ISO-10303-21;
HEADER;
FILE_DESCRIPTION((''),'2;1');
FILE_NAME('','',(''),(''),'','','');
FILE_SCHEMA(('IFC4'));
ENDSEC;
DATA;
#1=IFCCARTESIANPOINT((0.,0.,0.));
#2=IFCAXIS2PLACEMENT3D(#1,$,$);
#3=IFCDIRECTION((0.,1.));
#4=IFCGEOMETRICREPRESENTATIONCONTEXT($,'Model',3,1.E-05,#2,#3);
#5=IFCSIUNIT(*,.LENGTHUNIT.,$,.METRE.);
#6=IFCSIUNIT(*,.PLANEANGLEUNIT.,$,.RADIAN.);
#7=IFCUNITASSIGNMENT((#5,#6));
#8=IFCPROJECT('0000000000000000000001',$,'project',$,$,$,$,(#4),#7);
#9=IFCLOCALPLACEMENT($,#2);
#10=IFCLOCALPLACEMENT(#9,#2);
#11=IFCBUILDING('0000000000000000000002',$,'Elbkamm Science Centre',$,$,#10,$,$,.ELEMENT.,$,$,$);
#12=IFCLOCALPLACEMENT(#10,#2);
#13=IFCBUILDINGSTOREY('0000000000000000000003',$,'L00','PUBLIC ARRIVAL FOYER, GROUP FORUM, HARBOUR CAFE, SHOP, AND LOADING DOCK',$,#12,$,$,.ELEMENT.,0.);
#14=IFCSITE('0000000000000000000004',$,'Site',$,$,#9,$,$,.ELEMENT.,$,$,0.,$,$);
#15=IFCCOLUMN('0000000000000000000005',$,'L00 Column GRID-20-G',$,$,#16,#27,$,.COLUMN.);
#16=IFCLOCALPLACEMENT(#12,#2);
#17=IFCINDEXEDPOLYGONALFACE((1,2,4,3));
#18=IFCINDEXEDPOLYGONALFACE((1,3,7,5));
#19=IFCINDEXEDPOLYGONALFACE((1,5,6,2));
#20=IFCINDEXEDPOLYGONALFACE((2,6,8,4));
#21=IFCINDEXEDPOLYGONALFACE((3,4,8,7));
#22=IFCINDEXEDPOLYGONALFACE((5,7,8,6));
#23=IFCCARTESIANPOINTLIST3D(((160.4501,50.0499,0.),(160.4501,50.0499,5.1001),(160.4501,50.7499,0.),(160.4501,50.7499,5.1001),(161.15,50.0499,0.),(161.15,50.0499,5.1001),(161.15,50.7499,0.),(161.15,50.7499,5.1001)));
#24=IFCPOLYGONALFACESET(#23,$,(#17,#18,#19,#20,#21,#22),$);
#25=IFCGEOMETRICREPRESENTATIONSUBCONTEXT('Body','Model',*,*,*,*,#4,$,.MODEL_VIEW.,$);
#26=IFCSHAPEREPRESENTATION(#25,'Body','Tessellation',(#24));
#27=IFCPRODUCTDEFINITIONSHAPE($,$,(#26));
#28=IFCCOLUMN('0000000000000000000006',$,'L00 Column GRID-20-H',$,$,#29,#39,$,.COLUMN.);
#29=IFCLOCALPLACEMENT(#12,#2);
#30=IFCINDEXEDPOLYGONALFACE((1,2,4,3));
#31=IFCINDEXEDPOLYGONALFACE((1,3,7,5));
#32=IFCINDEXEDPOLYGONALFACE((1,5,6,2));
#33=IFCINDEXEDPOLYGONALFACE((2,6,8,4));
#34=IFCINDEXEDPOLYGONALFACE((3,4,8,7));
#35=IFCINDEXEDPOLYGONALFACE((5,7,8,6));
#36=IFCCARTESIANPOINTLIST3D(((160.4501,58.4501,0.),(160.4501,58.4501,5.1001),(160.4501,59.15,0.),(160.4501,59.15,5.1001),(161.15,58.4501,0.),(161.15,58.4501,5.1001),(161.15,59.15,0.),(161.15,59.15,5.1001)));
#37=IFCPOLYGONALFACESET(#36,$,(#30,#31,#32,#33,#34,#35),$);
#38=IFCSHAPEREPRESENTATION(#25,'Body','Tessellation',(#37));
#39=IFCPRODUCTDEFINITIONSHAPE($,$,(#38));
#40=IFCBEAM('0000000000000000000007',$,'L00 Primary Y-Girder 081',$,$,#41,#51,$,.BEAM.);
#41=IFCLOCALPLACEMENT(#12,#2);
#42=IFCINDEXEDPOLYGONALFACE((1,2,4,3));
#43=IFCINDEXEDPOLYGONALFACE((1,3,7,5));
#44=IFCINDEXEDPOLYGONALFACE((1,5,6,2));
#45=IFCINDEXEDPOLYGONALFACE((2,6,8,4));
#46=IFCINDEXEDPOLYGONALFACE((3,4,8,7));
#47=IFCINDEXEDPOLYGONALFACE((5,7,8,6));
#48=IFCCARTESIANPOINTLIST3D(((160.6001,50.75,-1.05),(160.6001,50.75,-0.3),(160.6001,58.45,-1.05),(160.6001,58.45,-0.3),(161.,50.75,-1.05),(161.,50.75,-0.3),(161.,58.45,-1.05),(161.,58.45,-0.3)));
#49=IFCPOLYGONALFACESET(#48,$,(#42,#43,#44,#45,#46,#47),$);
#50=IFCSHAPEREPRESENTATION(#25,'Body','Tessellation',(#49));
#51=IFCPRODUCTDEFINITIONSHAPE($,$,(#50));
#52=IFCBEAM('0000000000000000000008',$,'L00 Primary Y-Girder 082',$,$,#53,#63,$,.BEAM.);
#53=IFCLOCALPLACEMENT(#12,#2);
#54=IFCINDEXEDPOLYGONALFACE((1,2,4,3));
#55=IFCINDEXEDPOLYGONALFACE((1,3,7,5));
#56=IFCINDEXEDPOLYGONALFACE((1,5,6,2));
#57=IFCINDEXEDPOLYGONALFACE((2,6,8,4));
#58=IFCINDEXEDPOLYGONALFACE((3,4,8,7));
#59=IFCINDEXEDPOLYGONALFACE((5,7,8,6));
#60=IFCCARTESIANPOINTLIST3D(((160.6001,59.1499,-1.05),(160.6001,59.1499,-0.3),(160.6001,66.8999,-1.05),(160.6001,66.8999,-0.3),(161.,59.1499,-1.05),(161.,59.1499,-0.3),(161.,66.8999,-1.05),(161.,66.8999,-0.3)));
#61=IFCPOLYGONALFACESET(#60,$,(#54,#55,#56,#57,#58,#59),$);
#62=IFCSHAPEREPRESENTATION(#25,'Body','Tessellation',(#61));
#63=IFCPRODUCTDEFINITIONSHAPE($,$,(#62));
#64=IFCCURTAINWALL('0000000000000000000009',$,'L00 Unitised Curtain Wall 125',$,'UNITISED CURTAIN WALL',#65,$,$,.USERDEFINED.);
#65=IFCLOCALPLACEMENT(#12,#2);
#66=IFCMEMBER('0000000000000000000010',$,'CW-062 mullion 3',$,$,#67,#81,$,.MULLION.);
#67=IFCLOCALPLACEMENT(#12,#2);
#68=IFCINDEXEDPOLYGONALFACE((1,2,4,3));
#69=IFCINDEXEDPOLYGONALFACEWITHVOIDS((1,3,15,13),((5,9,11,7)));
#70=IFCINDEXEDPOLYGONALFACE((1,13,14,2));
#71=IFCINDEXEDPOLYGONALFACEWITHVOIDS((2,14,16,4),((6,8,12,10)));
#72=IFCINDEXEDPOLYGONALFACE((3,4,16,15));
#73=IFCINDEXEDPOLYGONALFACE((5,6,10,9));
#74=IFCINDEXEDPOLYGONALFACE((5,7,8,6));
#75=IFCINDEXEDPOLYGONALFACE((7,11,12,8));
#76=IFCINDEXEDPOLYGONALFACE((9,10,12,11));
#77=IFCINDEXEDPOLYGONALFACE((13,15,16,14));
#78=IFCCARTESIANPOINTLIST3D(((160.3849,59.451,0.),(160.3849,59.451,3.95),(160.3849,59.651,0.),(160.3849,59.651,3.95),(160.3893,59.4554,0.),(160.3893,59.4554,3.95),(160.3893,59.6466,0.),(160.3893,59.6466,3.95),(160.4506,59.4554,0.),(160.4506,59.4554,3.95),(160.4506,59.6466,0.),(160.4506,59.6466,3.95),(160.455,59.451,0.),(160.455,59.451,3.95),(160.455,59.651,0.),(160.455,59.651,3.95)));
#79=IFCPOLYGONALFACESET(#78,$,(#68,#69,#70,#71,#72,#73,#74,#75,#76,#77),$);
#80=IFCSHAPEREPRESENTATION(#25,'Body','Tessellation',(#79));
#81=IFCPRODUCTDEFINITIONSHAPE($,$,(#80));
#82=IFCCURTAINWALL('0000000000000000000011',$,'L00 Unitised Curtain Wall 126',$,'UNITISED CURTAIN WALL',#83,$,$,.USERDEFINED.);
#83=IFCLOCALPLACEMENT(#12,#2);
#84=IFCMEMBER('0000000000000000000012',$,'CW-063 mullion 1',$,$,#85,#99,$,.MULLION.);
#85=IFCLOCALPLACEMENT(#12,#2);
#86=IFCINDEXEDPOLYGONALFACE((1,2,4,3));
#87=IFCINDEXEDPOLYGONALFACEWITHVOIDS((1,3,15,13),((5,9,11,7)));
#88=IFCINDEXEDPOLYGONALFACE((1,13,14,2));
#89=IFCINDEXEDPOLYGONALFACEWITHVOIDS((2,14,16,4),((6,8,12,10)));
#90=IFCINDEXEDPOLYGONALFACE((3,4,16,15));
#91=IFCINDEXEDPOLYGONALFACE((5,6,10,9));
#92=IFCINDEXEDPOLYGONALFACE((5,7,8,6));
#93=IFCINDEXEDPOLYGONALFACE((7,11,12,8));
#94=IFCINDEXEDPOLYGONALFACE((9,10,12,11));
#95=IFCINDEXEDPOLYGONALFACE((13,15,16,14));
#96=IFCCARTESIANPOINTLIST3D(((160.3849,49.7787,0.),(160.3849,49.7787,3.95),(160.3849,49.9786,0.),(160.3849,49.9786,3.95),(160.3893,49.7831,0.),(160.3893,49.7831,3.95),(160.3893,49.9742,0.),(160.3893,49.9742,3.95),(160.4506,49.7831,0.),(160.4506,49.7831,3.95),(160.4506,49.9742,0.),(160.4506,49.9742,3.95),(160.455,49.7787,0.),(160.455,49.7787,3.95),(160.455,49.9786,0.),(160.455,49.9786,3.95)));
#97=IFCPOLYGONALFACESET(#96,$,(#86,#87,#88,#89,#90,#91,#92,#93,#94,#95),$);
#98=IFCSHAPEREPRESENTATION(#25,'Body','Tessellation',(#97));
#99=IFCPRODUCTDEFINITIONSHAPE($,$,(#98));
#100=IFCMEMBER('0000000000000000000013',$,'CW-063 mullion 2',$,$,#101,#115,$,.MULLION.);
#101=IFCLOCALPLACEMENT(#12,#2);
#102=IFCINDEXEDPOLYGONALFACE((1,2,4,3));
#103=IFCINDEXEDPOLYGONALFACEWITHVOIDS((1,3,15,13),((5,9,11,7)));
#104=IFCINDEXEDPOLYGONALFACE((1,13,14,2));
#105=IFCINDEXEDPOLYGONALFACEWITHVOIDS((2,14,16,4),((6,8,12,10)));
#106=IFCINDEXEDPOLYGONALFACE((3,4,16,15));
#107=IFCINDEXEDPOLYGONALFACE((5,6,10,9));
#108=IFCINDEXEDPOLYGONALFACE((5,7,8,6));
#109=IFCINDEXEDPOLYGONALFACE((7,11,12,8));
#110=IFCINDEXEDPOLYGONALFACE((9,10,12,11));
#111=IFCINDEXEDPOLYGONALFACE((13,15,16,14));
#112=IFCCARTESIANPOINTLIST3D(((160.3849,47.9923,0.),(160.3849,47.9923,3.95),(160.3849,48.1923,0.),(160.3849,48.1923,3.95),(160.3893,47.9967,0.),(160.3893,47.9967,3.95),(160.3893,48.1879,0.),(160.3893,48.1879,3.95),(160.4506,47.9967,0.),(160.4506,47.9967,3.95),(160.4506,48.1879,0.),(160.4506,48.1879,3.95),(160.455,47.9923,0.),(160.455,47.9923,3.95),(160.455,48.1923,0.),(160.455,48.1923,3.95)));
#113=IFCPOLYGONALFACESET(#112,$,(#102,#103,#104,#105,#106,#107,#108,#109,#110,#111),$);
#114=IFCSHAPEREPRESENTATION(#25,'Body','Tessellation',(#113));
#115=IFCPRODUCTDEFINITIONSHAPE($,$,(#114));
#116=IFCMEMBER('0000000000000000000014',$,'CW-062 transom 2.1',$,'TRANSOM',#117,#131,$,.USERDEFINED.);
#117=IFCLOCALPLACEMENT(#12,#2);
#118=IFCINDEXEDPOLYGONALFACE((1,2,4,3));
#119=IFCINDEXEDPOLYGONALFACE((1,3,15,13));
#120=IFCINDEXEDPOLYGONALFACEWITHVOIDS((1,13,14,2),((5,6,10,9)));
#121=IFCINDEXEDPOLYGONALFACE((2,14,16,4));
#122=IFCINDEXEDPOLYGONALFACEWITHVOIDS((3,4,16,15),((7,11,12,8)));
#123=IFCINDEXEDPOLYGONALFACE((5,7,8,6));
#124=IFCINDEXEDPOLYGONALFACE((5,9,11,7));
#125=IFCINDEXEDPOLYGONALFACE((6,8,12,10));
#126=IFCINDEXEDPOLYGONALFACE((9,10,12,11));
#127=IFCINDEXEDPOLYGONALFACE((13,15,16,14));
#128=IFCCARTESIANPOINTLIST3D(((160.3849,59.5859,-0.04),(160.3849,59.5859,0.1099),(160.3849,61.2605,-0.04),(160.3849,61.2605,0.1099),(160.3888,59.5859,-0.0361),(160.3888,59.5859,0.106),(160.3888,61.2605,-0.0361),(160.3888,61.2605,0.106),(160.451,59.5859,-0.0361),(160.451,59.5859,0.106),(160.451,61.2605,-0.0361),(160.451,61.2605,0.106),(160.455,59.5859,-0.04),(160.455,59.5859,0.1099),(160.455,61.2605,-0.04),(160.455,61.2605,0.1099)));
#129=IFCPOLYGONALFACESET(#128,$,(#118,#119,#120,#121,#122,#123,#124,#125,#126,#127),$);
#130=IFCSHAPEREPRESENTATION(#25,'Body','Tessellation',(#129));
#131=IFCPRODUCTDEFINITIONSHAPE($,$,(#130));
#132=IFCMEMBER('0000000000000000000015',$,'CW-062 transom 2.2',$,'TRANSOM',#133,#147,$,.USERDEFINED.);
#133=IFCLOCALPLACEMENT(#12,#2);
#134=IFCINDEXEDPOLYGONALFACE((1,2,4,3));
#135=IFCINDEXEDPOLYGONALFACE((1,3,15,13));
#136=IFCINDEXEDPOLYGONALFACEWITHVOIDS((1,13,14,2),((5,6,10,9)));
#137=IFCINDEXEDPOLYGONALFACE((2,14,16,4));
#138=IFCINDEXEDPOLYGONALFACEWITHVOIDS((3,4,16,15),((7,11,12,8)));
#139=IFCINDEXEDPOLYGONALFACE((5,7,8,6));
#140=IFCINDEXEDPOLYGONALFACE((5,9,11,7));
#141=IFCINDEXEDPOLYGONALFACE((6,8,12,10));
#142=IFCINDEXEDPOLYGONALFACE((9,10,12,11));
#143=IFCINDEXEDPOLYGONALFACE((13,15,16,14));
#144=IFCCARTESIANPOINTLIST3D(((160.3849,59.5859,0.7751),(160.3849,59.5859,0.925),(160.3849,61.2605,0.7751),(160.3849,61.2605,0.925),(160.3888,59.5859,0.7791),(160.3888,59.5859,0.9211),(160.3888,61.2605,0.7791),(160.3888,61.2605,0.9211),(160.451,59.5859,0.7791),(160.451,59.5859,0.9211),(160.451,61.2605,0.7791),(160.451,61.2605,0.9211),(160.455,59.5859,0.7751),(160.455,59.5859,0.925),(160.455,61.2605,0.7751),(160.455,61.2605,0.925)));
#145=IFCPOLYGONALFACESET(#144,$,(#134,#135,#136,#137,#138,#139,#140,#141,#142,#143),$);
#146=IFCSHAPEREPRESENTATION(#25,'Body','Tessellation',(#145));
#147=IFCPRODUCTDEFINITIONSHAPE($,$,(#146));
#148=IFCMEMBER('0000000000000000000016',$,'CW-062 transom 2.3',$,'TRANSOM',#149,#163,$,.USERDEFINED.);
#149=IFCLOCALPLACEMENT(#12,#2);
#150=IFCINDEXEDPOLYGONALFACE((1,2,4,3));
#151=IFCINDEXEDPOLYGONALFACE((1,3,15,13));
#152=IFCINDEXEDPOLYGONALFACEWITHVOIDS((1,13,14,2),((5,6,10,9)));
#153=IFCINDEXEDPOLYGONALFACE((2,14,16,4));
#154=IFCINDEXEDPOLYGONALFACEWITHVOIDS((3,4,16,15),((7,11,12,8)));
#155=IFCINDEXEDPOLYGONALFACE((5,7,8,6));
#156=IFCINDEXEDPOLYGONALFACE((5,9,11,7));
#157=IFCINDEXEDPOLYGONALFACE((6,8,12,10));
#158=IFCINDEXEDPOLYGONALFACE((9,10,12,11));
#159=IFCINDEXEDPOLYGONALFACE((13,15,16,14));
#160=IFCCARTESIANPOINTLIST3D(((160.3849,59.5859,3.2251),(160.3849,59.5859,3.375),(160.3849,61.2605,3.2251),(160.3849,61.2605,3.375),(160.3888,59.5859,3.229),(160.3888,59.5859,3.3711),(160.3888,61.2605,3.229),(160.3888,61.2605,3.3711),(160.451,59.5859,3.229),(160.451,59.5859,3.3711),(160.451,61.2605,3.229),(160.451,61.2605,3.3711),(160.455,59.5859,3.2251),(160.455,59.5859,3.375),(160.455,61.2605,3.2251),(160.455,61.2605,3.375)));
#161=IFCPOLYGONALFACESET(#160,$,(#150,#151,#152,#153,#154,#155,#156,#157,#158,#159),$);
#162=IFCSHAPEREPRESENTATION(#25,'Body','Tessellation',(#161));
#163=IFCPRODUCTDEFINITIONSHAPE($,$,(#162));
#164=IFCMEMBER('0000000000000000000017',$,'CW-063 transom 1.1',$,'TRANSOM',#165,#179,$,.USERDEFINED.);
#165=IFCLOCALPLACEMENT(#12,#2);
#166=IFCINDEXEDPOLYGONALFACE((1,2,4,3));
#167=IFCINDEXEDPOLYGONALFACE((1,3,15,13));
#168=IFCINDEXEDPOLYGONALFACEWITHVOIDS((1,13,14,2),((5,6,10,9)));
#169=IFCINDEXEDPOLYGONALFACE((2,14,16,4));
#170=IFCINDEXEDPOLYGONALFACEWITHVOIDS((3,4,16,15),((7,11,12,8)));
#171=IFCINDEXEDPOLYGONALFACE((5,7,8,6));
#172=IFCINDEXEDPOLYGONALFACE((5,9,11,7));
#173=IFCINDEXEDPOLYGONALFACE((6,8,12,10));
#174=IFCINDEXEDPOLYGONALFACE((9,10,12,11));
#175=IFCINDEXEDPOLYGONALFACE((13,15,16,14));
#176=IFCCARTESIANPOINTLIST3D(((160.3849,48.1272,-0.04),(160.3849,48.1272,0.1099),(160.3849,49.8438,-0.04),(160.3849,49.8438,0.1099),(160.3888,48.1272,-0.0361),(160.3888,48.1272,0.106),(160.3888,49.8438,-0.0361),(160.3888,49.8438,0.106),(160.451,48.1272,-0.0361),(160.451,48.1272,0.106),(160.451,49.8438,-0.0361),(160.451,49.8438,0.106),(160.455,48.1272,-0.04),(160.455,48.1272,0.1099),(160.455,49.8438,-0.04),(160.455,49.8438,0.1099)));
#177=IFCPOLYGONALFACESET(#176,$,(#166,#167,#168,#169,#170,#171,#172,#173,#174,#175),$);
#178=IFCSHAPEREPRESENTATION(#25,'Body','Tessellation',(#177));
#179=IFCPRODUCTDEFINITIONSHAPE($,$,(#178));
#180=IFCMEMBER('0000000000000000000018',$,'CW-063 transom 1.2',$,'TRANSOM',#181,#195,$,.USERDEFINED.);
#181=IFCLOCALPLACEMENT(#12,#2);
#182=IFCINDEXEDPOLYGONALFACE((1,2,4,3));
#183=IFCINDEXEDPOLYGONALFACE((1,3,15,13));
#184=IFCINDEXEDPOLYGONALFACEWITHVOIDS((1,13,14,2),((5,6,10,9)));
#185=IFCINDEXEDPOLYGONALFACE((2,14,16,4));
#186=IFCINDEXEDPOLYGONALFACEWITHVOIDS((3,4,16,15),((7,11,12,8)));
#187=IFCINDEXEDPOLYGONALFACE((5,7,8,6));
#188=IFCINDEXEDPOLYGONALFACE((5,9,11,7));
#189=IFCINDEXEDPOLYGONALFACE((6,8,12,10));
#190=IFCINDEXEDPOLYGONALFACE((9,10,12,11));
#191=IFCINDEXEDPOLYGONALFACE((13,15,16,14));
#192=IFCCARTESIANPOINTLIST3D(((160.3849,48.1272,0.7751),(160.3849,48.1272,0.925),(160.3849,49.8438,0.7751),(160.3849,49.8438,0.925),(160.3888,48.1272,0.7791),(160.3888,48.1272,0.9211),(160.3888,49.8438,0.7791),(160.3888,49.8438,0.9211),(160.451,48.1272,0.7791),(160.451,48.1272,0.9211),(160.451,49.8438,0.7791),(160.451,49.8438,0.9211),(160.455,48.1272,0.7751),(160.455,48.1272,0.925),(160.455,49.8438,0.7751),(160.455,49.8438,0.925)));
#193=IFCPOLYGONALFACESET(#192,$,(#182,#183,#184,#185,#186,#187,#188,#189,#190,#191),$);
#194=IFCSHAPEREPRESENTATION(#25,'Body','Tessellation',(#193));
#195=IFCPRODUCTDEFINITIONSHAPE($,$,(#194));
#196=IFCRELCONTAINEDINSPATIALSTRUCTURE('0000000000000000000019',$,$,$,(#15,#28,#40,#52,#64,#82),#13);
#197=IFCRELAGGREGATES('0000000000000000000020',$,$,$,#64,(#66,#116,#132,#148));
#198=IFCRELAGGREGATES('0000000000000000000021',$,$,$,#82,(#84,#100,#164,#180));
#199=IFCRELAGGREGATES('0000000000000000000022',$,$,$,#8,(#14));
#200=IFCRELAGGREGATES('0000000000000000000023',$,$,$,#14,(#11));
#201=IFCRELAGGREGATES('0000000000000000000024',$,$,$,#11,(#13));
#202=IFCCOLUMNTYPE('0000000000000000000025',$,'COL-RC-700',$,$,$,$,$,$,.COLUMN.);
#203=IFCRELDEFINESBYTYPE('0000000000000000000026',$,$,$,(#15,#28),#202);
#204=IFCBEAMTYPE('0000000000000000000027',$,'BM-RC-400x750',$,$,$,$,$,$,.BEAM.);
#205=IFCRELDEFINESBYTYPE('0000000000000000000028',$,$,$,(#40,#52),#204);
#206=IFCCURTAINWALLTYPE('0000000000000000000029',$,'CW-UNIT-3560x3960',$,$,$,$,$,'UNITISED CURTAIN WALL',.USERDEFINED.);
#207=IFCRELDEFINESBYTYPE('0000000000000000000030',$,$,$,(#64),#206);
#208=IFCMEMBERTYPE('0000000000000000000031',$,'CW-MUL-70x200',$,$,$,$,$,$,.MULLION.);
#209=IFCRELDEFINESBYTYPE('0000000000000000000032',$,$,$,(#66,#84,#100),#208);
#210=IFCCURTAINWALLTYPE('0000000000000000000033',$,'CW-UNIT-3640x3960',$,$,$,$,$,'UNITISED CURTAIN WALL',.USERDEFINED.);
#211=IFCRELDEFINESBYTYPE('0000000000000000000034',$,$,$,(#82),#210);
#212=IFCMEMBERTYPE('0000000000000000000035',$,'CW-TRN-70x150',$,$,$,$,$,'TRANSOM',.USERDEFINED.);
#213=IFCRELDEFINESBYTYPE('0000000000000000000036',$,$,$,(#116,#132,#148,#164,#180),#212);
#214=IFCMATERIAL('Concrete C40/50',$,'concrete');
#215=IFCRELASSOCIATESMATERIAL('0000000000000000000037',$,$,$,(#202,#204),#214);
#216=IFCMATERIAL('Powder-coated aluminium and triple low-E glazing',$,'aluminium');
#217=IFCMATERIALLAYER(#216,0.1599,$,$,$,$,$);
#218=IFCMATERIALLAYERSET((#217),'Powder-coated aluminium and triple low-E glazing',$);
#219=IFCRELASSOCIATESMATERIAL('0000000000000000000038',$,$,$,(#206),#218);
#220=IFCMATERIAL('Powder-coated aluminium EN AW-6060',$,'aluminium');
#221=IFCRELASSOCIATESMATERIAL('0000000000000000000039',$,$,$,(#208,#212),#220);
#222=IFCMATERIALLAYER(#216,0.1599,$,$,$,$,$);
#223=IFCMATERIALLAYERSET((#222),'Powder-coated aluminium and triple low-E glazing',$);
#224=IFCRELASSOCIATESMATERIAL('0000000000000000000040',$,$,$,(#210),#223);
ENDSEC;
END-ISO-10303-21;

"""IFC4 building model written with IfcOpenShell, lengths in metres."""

from ifc_helpers import new_model, si_unit, direction, frame, origin, origin_2d, place, context, subcontext, project, spatial, rectangle, hollow_rectangle, extrude, material, layer, layer_set, material_profile, profile_set, type_object, element, aggregate, save


model = new_model("IFC4")

# Units and contexts
model_context = context("Model", 3, precision=1e-05, world=origin(), true_north=direction((0.0, 1.0)))
body_context = subcontext(model_context, "Body", "Model", "MODEL_VIEW")
ifc_project = project(units=[si_unit("LENGTHUNIT", "METRE"), si_unit("PLANEANGLEUNIT", "RADIAN")], contexts=[model_context])

# Site, building, storey
site_placement = place(None, origin())
site = spatial("IfcSite", under=ifc_project, at=site_placement, Name="Site", CompositionType="ELEMENT", RefElevation=0.0)
building_placement = place(site_placement, origin())
building = spatial("IfcBuilding", under=site, at=building_placement, Name="Elbkamm Science Centre", CompositionType="ELEMENT")
storey_placement = place(building_placement, origin())
storey = spatial("IfcBuildingStorey", under=building, at=storey_placement, Name="L00", Description="PUBLIC ARRIVAL FOYER, GROUP FORUM, HARBOUR CAFE, SHOP, AND LOADING DOCK", CompositionType="ELEMENT", Elevation=0.0)

# Columns
ifc_material_1 = material(Name="Concrete C40/50", Category="concrete")
ifc_material_profile_1 = material_profile(ifc_material_1, rectangle(XDim=0.7, YDim=0.7, at=origin_2d()), Name="RC 700x700")
ifc_profile_set_1 = profile_set([ifc_material_profile_1], Name="Concrete C40/50")
column_type = type_object("IfcColumnType", Name="COL-RC-700", PredefinedType="COLUMN", material=ifc_profile_set_1)
for number, where, z_axis, x_axis, name in (
    (1, (160.8, 50.3999, 0.0), (0.0, 0.0, 1.0), (1.0, 0.0, 0.0), "L00 Column GRID-20-G"),
    (2, (160.8, 58.8, 0.0), (0.0, 0.0, 1.0), (1.0, 0.0, 0.0), "L00 Column GRID-20-H"),
):
    element("IfcColumn", number, at=place(storey_placement, frame(where, z_axis=z_axis, x_axis=x_axis)), inside=storey, type_object=column_type, Name=name, PredefinedType="COLUMN", context=body_context, shape_type="SweptSolid", body=[
        extrude(rectangle(XDim=0.7, YDim=0.7, at=origin_2d()), origin(), (0.0, 0.0, 1.0), 5.1001),
    ])

# Beams
ifc_material_profile_2 = material_profile(ifc_material_1, rectangle(XDim=0.3999, YDim=0.75, at=origin_2d()), Name="RC 400x750")
ifc_profile_set_2 = profile_set([ifc_material_profile_2], Name="Concrete C40/50")
beam_type = type_object("IfcBeamType", Name="BM-RC-400x750", PredefinedType="BEAM", material=ifc_profile_set_2)
beam_1_placement = place(storey_placement, frame((160.8, 50.75, -0.675), z_axis=(0.0, 1.0, 0.0), x_axis=(-1.0, 0.0, 0.0)))
element("IfcBeam", 3, at=beam_1_placement, inside=storey, type_object=beam_type, Name="L00 Primary Y-Girder 081", PredefinedType="BEAM", context=body_context, shape_type="SweptSolid", body=[
    extrude(rectangle(XDim=0.3999, YDim=0.75, at=origin_2d()), origin(), (0.0, 0.0, 1.0), 7.7),
])
beam_2_placement = place(storey_placement, frame((160.8, 59.1499, -0.675), z_axis=(0.0, 1.0, 0.0), x_axis=(-1.0, 0.0, 0.0)))
element("IfcBeam", 4, at=beam_2_placement, inside=storey, type_object=beam_type, Name="L00 Primary Y-Girder 082", PredefinedType="BEAM", context=body_context, shape_type="SweptSolid", body=[
    extrude(rectangle(XDim=0.3999, YDim=0.75, at=origin_2d()), origin(), (0.0, 0.0, 1.0), 7.75),
])

# Curtain wall, member
ifc_material_2 = material(Name="Powder-coated aluminium and triple low-E glazing", Category="aluminium")
ifc_layer_1 = layer(ifc_material_2, 0.1599)
ifc_layer_set_1 = layer_set([ifc_layer_1], Name="Powder-coated aluminium and triple low-E glazing")
curtain_wall_type_1 = type_object("IfcCurtainWallType", Name="CW-UNIT-3560x3960", ElementType="UNITISED CURTAIN WALL", PredefinedType="USERDEFINED", material=ifc_layer_set_1)
curtain_wall_1_placement = place(storey_placement, origin())
curtain_wall_1 = element("IfcCurtainWall", 5, at=curtain_wall_1_placement, inside=storey, type_object=curtain_wall_type_1, Name="L00 Unitised Curtain Wall 125", ObjectType="UNITISED CURTAIN WALL", PredefinedType="USERDEFINED")
ifc_material_3 = material(Name="Powder-coated aluminium EN AW-6060", Category="aluminium")
ifc_material_profile_3 = material_profile(ifc_material_3, hollow_rectangle(XDim=0.0701, YDim=0.2, WallThickness=0.0044, at=origin_2d()), Name="ALU M70x200")
ifc_profile_set_3 = profile_set([ifc_material_profile_3], Name="Powder-coated aluminium EN AW-6060")
member_type_1 = type_object("IfcMemberType", Name="CW-MUL-70x200", PredefinedType="MULLION", material=ifc_profile_set_3)
member_1_placement = place(storey_placement, frame((160.4199, 59.551, 0.0), z_axis=(0.0, 0.0, 1.0), x_axis=(1.0, 0.0, 0.0)))
member_1 = element("IfcMember", 6, at=member_1_placement, type_object=member_type_1, Name="CW-062 mullion 3", PredefinedType="MULLION", context=body_context, shape_type="SweptSolid", body=[
    extrude(hollow_rectangle(XDim=0.0701, YDim=0.2, WallThickness=0.0044, at=origin_2d()), origin(), (0.0, 0.0, 1.0), 3.95),
])

# Curtain wall, members
ifc_layer_2 = layer(ifc_material_2, 0.1599)
ifc_layer_set_2 = layer_set([ifc_layer_2], Name="Powder-coated aluminium and triple low-E glazing")
curtain_wall_type_2 = type_object("IfcCurtainWallType", Name="CW-UNIT-3640x3960", ElementType="UNITISED CURTAIN WALL", PredefinedType="USERDEFINED", material=ifc_layer_set_2)
curtain_wall_2_placement = place(storey_placement, origin())
curtain_wall_2 = element("IfcCurtainWall", 7, at=curtain_wall_2_placement, inside=storey, type_object=curtain_wall_type_2, Name="L00 Unitised Curtain Wall 126", ObjectType="UNITISED CURTAIN WALL", PredefinedType="USERDEFINED")
member_2_placement = place(storey_placement, frame((160.4199, 49.8787, 0.0), z_axis=(0.0, 0.0, 1.0), x_axis=(1.0, 0.0, 0.0)))
member_2 = element("IfcMember", 8, at=member_2_placement, type_object=member_type_1, Name="CW-063 mullion 1", PredefinedType="MULLION", context=body_context, shape_type="SweptSolid", body=[
    extrude(hollow_rectangle(XDim=0.0701, YDim=0.2, WallThickness=0.0044, at=origin_2d()), origin(), (0.0, 0.0, 1.0), 3.95),
])
member_3_placement = place(storey_placement, frame((160.4199, 48.0923, 0.0), z_axis=(0.0, 0.0, 1.0), x_axis=(1.0, 0.0, 0.0)))
member_3 = element("IfcMember", 9, at=member_3_placement, type_object=member_type_1, Name="CW-063 mullion 2", PredefinedType="MULLION", context=body_context, shape_type="SweptSolid", body=[
    extrude(hollow_rectangle(XDim=0.0701, YDim=0.2, WallThickness=0.0044, at=origin_2d()), origin(), (0.0, 0.0, 1.0), 3.95),
])

# Members
ifc_material_profile_4 = material_profile(ifc_material_3, hollow_rectangle(XDim=0.0701, YDim=0.1499, WallThickness=0.0039, at=origin_2d()), Name="ALU T70x150")
ifc_profile_set_4 = profile_set([ifc_material_profile_4], Name="Powder-coated aluminium EN AW-6060")
member_type_2 = type_object("IfcMemberType", Name="CW-TRN-70x150", ElementType="TRANSOM", PredefinedType="USERDEFINED", material=ifc_profile_set_4)
member_4_placement = place(storey_placement, frame((160.4199, 61.2605, 0.0349), z_axis=(0.0, -1.0, 0.0), x_axis=(1.0, 0.0, 0.0)))
member_4 = element("IfcMember", 10, at=member_4_placement, type_object=member_type_2, Name="CW-062 transom 2.1", ObjectType="TRANSOM", PredefinedType="USERDEFINED", context=body_context, shape_type="SweptSolid", body=[
    extrude(hollow_rectangle(XDim=0.0701, YDim=0.1499, WallThickness=0.0039, at=origin_2d()), origin(), (0.0, 0.0, 1.0), 1.6746),
])
member_5_placement = place(storey_placement, frame((160.4199, 61.2605, 0.8501), z_axis=(0.0, -1.0, 0.0), x_axis=(1.0, 0.0, 0.0)))
member_5 = element("IfcMember", 11, at=member_5_placement, type_object=member_type_2, Name="CW-062 transom 2.2", ObjectType="TRANSOM", PredefinedType="USERDEFINED", context=body_context, shape_type="SweptSolid", body=[
    extrude(hollow_rectangle(XDim=0.0701, YDim=0.1499, WallThickness=0.0039, at=origin_2d()), origin(), (0.0, 0.0, 1.0), 1.6746),
])
member_6_placement = place(storey_placement, frame((160.4199, 61.2605, 3.3), z_axis=(0.0, -1.0, 0.0), x_axis=(1.0, 0.0, 0.0)))
member_6 = element("IfcMember", 12, at=member_6_placement, type_object=member_type_2, Name="CW-062 transom 2.3", ObjectType="TRANSOM", PredefinedType="USERDEFINED", context=body_context, shape_type="SweptSolid", body=[
    extrude(hollow_rectangle(XDim=0.0701, YDim=0.1499, WallThickness=0.0039, at=origin_2d()), origin(), (0.0, 0.0, 1.0), 1.6746),
])
member_7_placement = place(storey_placement, frame((160.4199, 49.8438, 0.0349), z_axis=(0.0, -1.0, 0.0), x_axis=(1.0, 0.0, 0.0)))
member_7 = element("IfcMember", 13, at=member_7_placement, type_object=member_type_2, Name="CW-063 transom 1.1", ObjectType="TRANSOM", PredefinedType="USERDEFINED", context=body_context, shape_type="SweptSolid", body=[
    extrude(hollow_rectangle(XDim=0.0701, YDim=0.1499, WallThickness=0.0039, at=origin_2d()), origin(), (0.0, 0.0, 1.0), 1.7166),
])
member_8_placement = place(storey_placement, frame((160.4199, 49.8438, 0.8501), z_axis=(0.0, -1.0, 0.0), x_axis=(1.0, 0.0, 0.0)))
member_8 = element("IfcMember", 14, at=member_8_placement, type_object=member_type_2, Name="CW-063 transom 1.2", ObjectType="TRANSOM", PredefinedType="USERDEFINED", context=body_context, shape_type="SweptSolid", body=[
    extrude(hollow_rectangle(XDim=0.0701, YDim=0.1499, WallThickness=0.0039, at=origin_2d()), origin(), (0.0, 0.0, 1.0), 1.7166),
])

aggregate(curtain_wall_1, [member_1, member_4, member_5, member_6])
aggregate(curtain_wall_2, [member_2, member_3, member_7, member_8])

save(model, "model.ifc")
